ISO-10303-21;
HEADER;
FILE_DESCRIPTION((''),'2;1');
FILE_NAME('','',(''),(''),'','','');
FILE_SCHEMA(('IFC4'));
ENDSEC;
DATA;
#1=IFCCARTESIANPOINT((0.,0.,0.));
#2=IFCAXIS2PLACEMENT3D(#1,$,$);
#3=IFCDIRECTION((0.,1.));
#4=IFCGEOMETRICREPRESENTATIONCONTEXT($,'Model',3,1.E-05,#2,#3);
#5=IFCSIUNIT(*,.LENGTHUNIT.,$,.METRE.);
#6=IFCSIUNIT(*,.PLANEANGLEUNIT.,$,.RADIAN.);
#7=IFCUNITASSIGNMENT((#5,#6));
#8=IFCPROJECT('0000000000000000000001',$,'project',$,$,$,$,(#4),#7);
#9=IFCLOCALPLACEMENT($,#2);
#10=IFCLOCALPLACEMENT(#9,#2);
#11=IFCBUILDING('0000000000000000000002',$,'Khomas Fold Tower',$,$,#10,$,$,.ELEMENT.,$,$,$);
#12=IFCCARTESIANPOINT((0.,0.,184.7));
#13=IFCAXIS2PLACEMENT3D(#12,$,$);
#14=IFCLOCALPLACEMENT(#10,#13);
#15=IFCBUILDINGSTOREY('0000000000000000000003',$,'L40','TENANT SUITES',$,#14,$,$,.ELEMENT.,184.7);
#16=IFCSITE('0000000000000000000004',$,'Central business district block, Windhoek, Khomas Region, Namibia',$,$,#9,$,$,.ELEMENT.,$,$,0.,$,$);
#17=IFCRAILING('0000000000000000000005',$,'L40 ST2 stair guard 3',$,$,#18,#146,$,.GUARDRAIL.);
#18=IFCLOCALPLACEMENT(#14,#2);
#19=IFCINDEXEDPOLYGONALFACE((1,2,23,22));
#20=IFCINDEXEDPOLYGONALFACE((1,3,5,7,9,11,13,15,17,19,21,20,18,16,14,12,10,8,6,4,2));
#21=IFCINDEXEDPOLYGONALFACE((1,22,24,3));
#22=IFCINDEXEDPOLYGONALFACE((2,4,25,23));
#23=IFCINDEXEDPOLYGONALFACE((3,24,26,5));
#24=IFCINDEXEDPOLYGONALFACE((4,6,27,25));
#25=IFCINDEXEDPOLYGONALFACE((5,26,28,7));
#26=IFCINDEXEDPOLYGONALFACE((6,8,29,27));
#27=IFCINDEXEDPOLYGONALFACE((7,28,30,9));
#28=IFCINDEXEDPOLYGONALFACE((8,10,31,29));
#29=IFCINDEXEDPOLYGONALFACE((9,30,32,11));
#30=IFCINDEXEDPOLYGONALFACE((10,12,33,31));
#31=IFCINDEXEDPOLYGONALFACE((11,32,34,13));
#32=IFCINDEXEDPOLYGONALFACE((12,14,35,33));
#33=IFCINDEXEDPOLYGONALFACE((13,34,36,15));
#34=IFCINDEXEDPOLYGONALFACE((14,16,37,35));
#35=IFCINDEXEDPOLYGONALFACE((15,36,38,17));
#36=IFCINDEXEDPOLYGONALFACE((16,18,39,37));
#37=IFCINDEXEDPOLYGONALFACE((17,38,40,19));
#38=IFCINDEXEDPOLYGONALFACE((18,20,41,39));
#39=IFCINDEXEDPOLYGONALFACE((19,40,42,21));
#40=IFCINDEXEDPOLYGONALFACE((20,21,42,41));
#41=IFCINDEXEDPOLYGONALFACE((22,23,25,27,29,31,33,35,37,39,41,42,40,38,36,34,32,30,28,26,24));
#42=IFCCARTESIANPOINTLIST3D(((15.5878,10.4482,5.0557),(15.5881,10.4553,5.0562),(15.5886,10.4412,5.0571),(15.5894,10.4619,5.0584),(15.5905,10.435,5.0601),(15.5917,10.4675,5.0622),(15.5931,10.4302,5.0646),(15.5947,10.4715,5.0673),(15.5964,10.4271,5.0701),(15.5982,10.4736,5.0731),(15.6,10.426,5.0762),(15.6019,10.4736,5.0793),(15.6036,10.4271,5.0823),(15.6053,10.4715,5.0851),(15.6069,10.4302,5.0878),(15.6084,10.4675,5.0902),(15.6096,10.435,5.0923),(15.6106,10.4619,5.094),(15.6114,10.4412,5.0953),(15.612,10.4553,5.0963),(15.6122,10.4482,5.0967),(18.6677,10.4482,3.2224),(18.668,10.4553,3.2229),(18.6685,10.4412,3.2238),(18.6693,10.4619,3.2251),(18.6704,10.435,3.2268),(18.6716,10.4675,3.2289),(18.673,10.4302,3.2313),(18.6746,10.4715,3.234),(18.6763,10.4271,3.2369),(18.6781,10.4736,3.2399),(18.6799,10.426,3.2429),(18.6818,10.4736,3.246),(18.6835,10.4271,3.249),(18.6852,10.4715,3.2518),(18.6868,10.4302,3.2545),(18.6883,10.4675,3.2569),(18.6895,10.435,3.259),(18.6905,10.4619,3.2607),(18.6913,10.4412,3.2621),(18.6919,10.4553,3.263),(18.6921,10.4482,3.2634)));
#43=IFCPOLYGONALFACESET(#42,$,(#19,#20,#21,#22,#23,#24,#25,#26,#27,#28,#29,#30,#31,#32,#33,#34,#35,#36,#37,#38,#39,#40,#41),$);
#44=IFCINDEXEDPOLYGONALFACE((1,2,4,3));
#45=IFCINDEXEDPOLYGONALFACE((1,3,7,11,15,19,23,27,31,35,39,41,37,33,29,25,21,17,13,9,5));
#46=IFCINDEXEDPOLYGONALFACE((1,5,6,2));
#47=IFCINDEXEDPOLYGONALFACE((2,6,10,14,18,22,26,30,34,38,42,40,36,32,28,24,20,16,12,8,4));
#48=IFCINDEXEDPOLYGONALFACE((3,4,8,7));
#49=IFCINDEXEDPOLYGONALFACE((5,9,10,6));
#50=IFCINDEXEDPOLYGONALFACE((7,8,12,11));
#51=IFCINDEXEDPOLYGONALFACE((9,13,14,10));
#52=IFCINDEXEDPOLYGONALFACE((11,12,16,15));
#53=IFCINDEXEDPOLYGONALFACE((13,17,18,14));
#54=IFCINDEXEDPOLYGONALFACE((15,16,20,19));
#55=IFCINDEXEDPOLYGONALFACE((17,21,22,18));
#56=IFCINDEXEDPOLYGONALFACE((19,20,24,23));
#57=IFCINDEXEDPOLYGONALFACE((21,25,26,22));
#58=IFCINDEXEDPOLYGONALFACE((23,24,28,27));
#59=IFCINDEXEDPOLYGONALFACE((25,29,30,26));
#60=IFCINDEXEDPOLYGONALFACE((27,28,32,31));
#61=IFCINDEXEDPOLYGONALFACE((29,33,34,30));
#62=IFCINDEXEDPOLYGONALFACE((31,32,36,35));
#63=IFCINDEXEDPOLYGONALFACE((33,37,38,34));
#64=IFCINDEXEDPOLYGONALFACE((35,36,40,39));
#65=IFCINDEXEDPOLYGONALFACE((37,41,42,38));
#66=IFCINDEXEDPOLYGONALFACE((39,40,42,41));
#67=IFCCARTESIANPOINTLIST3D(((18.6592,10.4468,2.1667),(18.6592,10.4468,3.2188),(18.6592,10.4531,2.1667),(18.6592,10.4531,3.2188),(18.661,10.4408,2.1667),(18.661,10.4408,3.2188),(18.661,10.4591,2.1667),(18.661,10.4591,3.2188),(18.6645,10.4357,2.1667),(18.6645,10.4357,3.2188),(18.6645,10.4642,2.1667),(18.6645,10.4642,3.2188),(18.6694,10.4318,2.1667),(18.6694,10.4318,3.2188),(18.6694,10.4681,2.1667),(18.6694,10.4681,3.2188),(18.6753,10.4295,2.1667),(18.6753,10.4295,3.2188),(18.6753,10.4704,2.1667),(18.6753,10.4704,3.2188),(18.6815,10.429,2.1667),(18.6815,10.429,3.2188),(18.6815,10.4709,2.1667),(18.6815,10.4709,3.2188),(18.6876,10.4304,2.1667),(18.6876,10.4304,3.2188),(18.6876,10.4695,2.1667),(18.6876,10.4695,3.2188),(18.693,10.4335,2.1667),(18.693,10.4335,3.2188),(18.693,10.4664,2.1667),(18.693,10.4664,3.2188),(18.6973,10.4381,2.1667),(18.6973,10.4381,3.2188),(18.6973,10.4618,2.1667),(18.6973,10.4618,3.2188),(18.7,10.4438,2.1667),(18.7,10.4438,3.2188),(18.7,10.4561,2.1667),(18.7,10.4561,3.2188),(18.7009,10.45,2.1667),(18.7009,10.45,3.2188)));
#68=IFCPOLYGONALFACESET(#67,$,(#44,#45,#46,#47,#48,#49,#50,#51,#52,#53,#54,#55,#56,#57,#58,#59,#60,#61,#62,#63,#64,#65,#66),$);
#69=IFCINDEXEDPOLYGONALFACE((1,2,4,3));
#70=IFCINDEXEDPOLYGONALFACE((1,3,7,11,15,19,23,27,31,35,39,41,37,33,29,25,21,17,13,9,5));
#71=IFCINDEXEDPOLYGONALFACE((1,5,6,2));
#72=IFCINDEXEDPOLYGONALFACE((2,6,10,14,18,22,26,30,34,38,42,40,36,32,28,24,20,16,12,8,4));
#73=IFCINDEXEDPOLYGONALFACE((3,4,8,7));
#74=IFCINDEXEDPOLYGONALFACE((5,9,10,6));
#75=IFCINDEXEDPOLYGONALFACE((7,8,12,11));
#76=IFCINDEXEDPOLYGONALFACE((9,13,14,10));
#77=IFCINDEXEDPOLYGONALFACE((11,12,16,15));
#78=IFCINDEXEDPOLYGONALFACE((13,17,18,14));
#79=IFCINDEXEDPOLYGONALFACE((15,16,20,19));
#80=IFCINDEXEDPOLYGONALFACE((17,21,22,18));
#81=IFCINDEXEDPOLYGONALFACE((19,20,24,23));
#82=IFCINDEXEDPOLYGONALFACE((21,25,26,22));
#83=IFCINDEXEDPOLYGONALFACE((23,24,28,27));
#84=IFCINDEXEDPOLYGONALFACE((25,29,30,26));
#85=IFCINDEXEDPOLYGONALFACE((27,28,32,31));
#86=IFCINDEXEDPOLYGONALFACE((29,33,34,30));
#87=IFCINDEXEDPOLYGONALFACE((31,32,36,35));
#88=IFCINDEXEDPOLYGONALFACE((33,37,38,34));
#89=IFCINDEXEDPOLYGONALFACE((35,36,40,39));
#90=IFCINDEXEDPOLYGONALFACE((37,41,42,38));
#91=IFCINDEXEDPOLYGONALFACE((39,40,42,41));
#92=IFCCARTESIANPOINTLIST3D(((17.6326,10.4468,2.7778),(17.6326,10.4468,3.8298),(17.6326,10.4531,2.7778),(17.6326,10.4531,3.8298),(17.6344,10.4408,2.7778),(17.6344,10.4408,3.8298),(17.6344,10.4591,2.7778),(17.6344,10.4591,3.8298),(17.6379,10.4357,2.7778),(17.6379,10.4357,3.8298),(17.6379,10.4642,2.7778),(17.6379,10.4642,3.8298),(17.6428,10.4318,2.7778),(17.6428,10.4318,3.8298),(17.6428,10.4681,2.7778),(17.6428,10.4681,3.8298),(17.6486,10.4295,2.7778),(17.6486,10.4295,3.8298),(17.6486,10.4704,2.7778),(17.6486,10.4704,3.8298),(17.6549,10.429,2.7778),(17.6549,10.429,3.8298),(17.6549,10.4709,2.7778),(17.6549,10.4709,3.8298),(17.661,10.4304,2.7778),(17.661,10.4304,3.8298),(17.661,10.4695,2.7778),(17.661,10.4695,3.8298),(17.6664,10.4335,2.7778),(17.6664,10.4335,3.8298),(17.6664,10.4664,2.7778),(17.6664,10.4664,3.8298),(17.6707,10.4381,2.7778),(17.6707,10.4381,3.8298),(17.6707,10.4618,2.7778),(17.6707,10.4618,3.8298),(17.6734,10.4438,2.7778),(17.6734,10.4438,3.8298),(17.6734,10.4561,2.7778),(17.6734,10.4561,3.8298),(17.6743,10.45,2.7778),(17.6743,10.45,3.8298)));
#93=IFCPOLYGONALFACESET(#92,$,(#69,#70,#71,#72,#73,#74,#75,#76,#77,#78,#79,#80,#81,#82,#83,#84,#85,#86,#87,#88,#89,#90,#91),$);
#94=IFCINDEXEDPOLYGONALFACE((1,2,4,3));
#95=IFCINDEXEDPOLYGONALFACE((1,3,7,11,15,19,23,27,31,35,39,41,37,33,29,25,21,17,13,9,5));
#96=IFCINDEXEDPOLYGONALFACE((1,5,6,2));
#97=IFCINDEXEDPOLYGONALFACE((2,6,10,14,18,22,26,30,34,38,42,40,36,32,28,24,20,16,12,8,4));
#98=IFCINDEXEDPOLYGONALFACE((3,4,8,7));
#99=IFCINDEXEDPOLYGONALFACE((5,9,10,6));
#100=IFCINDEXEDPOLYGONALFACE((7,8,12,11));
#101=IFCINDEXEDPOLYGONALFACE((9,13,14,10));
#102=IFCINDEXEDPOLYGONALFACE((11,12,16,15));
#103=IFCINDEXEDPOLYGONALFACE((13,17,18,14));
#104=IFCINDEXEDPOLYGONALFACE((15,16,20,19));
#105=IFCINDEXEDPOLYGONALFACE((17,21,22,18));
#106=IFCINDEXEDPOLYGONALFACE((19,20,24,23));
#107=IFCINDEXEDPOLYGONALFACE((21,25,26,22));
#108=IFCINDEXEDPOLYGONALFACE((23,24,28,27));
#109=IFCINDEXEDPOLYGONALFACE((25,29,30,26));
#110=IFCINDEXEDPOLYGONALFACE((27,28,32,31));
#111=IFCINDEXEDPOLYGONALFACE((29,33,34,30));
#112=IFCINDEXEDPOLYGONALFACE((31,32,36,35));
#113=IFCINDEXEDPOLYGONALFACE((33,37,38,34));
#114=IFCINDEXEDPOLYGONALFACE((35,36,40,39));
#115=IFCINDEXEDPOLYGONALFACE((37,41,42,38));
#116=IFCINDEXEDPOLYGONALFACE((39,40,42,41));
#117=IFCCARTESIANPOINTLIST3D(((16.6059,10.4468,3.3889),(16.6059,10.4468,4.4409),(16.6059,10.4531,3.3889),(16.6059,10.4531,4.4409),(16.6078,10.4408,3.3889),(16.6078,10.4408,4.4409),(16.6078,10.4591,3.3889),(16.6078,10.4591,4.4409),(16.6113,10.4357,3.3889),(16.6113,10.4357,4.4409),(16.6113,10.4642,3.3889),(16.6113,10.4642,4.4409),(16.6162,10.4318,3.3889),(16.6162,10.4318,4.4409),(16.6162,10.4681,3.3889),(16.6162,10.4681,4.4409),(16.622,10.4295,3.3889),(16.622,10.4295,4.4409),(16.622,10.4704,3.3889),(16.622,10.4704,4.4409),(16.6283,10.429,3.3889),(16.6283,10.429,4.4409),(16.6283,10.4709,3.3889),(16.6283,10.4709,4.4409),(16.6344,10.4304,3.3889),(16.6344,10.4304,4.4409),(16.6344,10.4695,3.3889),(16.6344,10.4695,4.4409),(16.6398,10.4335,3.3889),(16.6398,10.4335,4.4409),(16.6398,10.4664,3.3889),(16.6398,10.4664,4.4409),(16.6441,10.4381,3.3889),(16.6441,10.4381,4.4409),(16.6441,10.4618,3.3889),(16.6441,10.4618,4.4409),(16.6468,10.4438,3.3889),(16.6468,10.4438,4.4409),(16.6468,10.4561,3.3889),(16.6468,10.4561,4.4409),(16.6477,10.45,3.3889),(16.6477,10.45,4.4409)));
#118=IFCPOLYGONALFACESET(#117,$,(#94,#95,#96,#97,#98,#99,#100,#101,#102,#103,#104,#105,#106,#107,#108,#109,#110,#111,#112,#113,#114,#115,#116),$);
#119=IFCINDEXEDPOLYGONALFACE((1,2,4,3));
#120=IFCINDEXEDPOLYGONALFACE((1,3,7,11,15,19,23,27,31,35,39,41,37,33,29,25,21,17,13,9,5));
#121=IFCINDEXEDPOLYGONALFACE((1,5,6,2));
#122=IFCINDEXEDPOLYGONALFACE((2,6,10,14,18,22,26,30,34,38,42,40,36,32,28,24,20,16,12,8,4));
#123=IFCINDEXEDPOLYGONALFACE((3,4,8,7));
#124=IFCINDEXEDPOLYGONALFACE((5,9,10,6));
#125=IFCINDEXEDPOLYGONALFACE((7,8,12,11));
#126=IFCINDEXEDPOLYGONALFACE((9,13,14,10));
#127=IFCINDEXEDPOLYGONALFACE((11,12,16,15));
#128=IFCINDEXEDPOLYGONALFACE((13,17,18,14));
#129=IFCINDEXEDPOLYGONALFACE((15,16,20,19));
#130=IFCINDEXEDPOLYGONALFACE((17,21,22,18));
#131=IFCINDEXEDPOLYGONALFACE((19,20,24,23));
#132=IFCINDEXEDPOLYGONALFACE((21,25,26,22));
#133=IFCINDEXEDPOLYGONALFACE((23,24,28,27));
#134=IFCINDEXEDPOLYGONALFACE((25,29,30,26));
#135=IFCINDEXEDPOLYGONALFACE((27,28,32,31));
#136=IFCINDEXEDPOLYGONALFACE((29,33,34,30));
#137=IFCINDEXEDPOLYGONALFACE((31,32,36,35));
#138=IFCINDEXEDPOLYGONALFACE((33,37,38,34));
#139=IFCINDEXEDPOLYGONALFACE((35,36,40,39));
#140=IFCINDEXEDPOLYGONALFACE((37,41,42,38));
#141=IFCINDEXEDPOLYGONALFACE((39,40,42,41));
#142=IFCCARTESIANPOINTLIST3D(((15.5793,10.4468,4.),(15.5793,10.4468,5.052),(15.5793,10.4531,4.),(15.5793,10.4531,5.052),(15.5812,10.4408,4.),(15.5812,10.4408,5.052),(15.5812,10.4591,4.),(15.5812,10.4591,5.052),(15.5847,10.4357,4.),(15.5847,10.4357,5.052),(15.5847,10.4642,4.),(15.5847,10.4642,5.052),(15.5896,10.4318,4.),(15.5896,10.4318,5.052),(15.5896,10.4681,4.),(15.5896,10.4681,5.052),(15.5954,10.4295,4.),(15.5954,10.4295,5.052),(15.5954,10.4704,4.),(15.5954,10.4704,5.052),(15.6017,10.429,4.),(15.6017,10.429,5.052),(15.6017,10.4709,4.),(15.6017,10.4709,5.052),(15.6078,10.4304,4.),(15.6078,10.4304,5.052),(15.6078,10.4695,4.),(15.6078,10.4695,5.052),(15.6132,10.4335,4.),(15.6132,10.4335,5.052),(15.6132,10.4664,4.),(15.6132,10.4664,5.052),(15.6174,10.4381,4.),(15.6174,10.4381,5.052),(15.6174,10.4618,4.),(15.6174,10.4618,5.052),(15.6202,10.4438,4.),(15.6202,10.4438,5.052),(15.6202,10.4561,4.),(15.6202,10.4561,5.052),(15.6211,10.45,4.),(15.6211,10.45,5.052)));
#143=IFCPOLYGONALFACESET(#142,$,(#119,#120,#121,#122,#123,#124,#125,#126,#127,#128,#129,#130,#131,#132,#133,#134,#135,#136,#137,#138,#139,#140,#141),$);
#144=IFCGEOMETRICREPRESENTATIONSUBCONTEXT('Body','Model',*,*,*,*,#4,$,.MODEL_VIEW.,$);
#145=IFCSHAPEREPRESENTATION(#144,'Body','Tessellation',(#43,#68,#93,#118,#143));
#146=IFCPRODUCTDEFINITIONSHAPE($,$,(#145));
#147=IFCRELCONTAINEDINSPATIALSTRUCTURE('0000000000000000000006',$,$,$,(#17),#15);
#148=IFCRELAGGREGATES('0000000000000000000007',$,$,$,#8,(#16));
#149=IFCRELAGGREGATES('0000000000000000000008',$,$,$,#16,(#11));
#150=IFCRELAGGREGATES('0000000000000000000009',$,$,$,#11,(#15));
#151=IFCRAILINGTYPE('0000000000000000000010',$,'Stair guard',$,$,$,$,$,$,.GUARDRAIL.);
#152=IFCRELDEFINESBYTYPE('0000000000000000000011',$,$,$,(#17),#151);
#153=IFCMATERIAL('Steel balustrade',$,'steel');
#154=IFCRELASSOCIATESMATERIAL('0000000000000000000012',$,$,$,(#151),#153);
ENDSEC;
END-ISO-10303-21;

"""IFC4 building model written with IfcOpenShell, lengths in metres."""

from ifc_helpers import new_model, si_unit, direction, frame, origin, origin_2d, place, context, subcontext, project, spatial, circle, extrude, source, transform, mapped, material, type_object, element, save


model = new_model("IFC4")

# Units and contexts
model_context = context("Model", 3, precision=1e-05, world=origin(), true_north=direction((0.0, 1.0)))
body_context = subcontext(model_context, "Body", "Model", "MODEL_VIEW")
ifc_project = project(units=[si_unit("LENGTHUNIT", "METRE"), si_unit("PLANEANGLEUNIT", "RADIAN")], contexts=[model_context])

# Site, building, storey
site_placement = place(None, origin())
site = spatial("IfcSite", under=ifc_project, at=site_placement, Name="Central business district block, Windhoek, Khomas Region, Namibia", CompositionType="ELEMENT", RefElevation=0.0)
building_placement = place(site_placement, origin())
building = spatial("IfcBuilding", under=site, at=building_placement, Name="Khomas Fold Tower", CompositionType="ELEMENT")
storey_placement = place(building_placement, frame((0.0, 0.0, 184.7)))
storey = spatial("IfcBuildingStorey", under=building, at=storey_placement, Name="L40", Description="TENANT SUITES", CompositionType="ELEMENT", Elevation=184.7)

# Railing
ifc_material_1 = material(Name="Steel balustrade", Category="steel")
railing_type_1 = type_object("IfcRailingType", Name="Stair guard", PredefinedType="GUARDRAIL", material=ifc_material_1)
shared_shape_1 = source(origin(), body_context, "Body", "SweptSolid", [
    extrude(circle(Radius=0.0239, at=origin_2d()), frame((0.0, 0.0, 1.0762), z_axis=(-0.859291, 0.0, 0.511487), x_axis=(0.0, -1.0, 0.0)), (0.0, 0.0, 1.0), 3.5842),
    extrude(circle(Radius=0.021, at=origin_2d()), origin(), (0.0, 0.0, 1.0), 1.052),
    extrude(circle(Radius=0.021, at=origin_2d()), frame((-1.0266, 0.0, 0.6111)), (0.0, 0.0, 1.0), 1.052),
    extrude(circle(Radius=0.021, at=origin_2d()), frame((-2.0532, 0.0, 1.2222)), (0.0, 0.0, 1.0), 1.052),
    extrude(circle(Radius=0.021, at=origin_2d()), frame((-3.0798, 0.0, 1.8333)), (0.0, 0.0, 1.0), 1.052),
])
railing_1_placement = place(storey_placement, frame((18.6799, 10.45, 2.1667)))
element("IfcRailing", 1, at=railing_1_placement, inside=storey, type_object=railing_type_1, Name="L40 ST2 stair guard 3", PredefinedType="GUARDRAIL", context=body_context, shape_type="MappedRepresentation", body=[
    mapped(shared_shape_1, transform((0.0, 0.0, 0.0))),
])

save(model, "model.ifc")
